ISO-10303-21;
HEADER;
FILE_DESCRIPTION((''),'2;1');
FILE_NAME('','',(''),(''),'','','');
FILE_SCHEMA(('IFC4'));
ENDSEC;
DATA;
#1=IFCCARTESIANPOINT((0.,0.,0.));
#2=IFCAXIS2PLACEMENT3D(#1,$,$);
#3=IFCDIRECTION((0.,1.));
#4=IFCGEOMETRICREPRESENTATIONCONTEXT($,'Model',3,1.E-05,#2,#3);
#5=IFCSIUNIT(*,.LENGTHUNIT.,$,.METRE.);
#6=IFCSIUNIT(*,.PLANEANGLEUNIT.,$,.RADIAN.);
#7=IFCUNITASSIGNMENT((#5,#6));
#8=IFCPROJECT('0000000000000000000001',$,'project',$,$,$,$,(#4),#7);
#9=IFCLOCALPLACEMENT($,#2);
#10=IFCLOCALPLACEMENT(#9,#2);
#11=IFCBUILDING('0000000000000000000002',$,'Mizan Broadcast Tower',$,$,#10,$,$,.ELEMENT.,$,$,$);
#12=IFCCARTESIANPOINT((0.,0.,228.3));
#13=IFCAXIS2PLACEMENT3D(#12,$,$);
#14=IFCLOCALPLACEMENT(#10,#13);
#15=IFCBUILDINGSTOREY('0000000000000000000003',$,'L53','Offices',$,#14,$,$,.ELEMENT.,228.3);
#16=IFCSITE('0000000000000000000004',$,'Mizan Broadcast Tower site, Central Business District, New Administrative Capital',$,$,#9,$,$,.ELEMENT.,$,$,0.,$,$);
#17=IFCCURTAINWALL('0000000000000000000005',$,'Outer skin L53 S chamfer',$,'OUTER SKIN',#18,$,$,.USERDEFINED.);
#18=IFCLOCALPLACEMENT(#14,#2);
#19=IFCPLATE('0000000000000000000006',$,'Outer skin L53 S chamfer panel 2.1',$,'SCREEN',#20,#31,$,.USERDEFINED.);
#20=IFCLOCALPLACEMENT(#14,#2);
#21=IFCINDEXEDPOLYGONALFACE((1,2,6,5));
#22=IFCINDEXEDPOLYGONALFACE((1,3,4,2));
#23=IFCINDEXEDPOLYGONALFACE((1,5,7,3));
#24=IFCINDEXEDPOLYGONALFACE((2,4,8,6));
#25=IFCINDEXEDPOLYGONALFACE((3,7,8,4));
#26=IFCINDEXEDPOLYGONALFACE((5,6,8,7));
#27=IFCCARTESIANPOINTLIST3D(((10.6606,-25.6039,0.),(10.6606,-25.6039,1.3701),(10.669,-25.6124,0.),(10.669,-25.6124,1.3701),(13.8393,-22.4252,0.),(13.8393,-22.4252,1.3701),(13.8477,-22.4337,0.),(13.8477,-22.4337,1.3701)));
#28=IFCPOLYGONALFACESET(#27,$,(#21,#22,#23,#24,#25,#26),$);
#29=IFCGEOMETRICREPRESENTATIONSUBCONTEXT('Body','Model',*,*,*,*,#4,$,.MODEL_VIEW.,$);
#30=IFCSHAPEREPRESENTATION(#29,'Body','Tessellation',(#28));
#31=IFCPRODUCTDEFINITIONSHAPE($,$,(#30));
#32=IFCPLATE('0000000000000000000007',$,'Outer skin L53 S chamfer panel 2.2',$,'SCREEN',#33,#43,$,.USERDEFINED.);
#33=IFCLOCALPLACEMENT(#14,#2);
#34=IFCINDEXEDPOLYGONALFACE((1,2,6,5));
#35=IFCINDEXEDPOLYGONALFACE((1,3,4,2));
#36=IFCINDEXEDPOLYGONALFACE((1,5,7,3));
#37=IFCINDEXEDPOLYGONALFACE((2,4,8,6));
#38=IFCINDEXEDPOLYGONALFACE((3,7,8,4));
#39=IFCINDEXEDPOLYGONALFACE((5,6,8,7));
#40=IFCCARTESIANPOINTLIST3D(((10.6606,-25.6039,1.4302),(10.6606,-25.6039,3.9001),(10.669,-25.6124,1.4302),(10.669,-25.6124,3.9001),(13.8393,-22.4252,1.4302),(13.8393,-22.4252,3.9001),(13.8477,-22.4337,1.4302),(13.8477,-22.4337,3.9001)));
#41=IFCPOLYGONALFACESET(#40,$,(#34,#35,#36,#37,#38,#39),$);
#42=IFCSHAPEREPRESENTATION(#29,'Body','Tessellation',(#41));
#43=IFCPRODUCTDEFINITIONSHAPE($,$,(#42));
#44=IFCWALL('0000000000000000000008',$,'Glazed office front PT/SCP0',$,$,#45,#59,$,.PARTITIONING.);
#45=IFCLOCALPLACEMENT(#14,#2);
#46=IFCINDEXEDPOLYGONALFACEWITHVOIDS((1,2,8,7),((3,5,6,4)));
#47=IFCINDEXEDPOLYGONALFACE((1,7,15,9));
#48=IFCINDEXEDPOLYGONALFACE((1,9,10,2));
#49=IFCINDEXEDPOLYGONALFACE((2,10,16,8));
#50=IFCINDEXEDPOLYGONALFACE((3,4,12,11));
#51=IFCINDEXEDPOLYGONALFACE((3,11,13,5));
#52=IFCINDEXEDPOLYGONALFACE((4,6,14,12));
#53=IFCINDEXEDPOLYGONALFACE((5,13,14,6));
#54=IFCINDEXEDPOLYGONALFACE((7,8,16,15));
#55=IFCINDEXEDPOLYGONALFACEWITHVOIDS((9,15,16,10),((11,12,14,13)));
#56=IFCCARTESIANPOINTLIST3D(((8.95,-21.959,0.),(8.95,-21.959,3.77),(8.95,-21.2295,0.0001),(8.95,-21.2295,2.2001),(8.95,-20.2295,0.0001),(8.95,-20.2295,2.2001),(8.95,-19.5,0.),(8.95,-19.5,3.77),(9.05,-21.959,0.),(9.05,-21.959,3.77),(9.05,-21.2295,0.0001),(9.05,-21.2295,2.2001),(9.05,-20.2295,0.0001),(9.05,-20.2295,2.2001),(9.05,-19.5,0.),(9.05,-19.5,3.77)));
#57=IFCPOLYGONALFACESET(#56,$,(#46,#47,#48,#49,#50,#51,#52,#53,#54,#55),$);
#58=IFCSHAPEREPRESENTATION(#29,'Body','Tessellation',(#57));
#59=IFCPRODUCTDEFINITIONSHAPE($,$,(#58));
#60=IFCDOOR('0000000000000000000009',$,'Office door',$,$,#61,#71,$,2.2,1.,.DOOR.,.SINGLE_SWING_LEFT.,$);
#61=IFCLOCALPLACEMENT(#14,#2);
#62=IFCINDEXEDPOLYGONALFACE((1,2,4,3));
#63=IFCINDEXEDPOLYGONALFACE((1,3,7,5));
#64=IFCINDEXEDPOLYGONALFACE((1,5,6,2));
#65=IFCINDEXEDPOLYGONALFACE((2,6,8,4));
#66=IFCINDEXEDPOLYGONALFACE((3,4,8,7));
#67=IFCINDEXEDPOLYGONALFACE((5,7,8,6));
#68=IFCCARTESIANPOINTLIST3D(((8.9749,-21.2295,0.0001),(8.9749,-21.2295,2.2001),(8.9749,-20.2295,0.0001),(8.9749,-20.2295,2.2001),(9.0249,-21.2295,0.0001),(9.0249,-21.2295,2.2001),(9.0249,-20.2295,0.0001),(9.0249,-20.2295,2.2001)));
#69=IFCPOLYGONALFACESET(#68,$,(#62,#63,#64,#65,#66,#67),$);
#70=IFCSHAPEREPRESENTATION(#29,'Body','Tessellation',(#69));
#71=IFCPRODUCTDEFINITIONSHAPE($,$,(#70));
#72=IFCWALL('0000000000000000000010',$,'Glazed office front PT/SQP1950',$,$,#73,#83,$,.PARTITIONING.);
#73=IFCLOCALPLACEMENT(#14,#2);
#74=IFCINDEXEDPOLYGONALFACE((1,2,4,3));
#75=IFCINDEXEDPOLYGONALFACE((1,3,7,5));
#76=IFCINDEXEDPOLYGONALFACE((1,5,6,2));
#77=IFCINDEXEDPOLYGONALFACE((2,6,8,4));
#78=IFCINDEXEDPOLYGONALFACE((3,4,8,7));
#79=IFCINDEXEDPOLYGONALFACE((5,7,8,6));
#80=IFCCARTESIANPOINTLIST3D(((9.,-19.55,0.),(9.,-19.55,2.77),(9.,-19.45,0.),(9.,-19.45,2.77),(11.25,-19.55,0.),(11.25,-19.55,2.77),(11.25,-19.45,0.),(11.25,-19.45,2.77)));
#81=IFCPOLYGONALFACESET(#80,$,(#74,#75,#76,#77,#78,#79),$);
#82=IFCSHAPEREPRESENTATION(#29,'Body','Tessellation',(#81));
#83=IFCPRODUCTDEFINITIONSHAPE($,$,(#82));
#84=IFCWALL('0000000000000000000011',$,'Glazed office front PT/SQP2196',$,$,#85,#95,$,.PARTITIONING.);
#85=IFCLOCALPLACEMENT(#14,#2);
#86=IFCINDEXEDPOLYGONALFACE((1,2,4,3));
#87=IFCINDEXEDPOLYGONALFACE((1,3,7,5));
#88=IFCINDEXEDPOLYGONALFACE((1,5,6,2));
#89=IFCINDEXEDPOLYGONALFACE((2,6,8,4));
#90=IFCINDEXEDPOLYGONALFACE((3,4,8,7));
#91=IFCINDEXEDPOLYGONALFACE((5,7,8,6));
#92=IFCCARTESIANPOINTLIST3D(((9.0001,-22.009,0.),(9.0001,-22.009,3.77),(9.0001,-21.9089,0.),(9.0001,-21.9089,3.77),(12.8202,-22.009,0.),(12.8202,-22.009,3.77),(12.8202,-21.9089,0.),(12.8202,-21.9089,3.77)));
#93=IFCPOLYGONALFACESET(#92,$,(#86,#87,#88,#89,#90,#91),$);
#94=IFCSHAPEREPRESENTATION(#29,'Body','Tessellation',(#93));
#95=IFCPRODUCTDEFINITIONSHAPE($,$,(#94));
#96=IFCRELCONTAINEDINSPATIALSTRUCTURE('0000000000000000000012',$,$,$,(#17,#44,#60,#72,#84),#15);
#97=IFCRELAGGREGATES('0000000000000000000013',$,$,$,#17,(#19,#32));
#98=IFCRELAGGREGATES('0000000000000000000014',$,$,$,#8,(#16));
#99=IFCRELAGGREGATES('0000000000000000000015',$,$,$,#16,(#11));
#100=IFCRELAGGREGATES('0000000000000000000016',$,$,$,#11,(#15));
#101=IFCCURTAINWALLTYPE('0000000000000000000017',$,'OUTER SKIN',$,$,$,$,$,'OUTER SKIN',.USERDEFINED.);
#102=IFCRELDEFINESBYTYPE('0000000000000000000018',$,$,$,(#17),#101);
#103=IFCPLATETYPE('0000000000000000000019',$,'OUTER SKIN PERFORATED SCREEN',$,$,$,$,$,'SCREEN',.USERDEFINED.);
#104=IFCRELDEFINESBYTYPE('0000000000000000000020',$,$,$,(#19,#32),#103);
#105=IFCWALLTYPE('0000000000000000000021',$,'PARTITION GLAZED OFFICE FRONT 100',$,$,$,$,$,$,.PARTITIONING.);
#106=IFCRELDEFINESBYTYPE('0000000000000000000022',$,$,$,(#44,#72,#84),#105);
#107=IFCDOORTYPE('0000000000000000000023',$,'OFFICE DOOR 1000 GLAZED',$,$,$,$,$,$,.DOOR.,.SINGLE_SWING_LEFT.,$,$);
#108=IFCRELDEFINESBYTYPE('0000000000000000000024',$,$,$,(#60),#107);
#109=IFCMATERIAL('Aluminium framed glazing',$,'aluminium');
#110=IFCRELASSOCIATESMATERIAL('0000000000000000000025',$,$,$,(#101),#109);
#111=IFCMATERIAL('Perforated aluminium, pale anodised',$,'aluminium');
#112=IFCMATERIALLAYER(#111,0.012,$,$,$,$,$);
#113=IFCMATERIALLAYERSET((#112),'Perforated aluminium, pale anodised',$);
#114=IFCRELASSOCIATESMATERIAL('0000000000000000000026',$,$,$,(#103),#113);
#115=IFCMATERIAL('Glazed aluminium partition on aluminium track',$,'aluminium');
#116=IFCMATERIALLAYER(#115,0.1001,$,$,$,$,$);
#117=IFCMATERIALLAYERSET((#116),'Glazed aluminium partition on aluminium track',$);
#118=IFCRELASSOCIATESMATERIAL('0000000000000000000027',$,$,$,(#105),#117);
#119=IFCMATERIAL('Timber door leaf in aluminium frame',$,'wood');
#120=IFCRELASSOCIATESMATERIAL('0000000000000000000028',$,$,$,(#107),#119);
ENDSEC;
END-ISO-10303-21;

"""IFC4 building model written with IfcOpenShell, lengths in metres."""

from ifc_helpers import new_model, si_unit, direction, frame, frame_2d, origin, origin_2d, place, context, subcontext, project, spatial, rectangle, extrude, material, layer, layer_set, type_object, element, fill, aggregate, save


model = new_model("IFC4")

# Units and contexts
model_context = context("Model", 3, precision=1e-05, world=origin(), true_north=direction((0.0, 1.0)))
body_context = subcontext(model_context, "Body", "Model", "MODEL_VIEW")
ifc_project = project(units=[si_unit("LENGTHUNIT", "METRE"), si_unit("PLANEANGLEUNIT", "RADIAN")], contexts=[model_context])

# Site, building, storey
site_placement = place(None, origin())
site = spatial("IfcSite", under=ifc_project, at=site_placement, Name="Mizan Broadcast Tower site, Central Business District, New Administrative Capital", CompositionType="ELEMENT", RefElevation=0.0)
building_placement = place(site_placement, origin())
building = spatial("IfcBuilding", under=site, at=building_placement, Name="Mizan Broadcast Tower", CompositionType="ELEMENT")
storey_placement = place(building_placement, frame((0.0, 0.0, 228.3)))
storey = spatial("IfcBuildingStorey", under=building, at=storey_placement, Name="L53", Description="Offices", CompositionType="ELEMENT", Elevation=228.3)

# Shared definitions
ifc_material_1 = material(Name="Aluminium framed glazing", Category="aluminium")
curtain_wall_type_1 = type_object("IfcCurtainWallType", Name="OUTER SKIN", ElementType="OUTER SKIN", PredefinedType="USERDEFINED", material=ifc_material_1)

# Curtain wall
curtain_wall_1_placement = place(storey_placement, origin())
curtain_wall_1 = element("IfcCurtainWall", 1, at=curtain_wall_1_placement, inside=storey, type_object=curtain_wall_type_1, Name="Outer skin L53 S chamfer", ObjectType="OUTER SKIN", PredefinedType="USERDEFINED")

# Plates
ifc_material_2 = material(Name="Perforated aluminium, pale anodised", Category="aluminium")
ifc_layer_1 = layer(ifc_material_2, 0.012)
ifc_layer_set_1 = layer_set([ifc_layer_1], Name="Perforated aluminium, pale anodised")
plate_type_1 = type_object("IfcPlateType", Name="OUTER SKIN PERFORATED SCREEN", ElementType="SCREEN", PredefinedType="USERDEFINED", material=ifc_layer_set_1)
plate_1_placement = place(storey_placement, frame((12.2542, -24.0188, 0.0), z_axis=(0.0, 0.0, 1.0), x_axis=(0.707107, 0.707107, 0.0)))
plate_1 = element("IfcPlate", 2, at=plate_1_placement, type_object=plate_type_1, Name="Outer skin L53 S chamfer panel 2.1", ObjectType="SCREEN", PredefinedType="USERDEFINED", context=body_context, shape_type="SweptSolid", body=[
    extrude(rectangle(XDim=4.4954, YDim=0.012, at=origin_2d()), origin(), (0.0, 0.0, 1.0), 1.3701),
])
plate_2_placement = place(storey_placement, frame((12.2542, -24.0188, 1.4302), z_axis=(0.0, 0.0, 1.0), x_axis=(0.707107, 0.707107, 0.0)))
plate_2 = element("IfcPlate", 3, at=plate_2_placement, type_object=plate_type_1, Name="Outer skin L53 S chamfer panel 2.2", ObjectType="SCREEN", PredefinedType="USERDEFINED", context=body_context, shape_type="SweptSolid", body=[
    extrude(rectangle(XDim=4.4954, YDim=0.012, at=origin_2d()), origin(), (0.0, 0.0, 1.0), 2.47),
])
aggregate(curtain_wall_1, [plate_1, plate_2])

# Wall, opening, door
ifc_material_3 = material(Name="Glazed aluminium partition on aluminium track", Category="aluminium")
ifc_layer_2 = layer(ifc_material_3, 0.1001)
ifc_layer_set_2 = layer_set([ifc_layer_2], Name="Glazed aluminium partition on aluminium track")
wall_type = type_object("IfcWallType", Name="PARTITION GLAZED OFFICE FRONT 100", PredefinedType="PARTITIONING", material=ifc_layer_set_2)
wall_1_placement = place(storey_placement, frame((9.0, -19.5, 0.0), z_axis=(0.0, 0.0, 1.0), x_axis=(0.0, -1.0, 0.0)))
wall_1 = element("IfcWall", 4, at=wall_1_placement, inside=storey, type_object=wall_type, Name="Glazed office front PT/SCP0", PredefinedType="PARTITIONING", context=body_context, shape_type="SweptSolid", body=[
    extrude(rectangle(XDim=2.459, YDim=0.1001, at=frame_2d((1.2295, 0.0))), origin(), (0.0, 0.0, 1.0), 3.77),
])
opening_placement = place(wall_1_placement, frame((0.7295, 0.0, 0.0)))
opening = element("IfcOpeningElement", 5, at=opening_placement, cuts=wall_1, PredefinedType="OPENING", context=body_context, shape_type="SweptSolid", body=[
    extrude(rectangle(XDim=1.0, YDim=2.2, at=frame_2d((0.5, 1.1001))), frame((0.0, 0.0601, 0.0), z_axis=(0.0, -1.0, 0.0), x_axis=(1.0, 0.0, 0.0)), (0.0, 0.0, 1.0), 0.1201),
])
ifc_material_4 = material(Name="Timber door leaf in aluminium frame", Category="wood")
door_type = type_object("IfcDoorType", Name="OFFICE DOOR 1000 GLAZED", OperationType="SINGLE_SWING_LEFT", PredefinedType="DOOR", material=ifc_material_4)
door_placement = place(opening_placement, origin())
door = element("IfcDoor", 6, at=door_placement, inside=storey, type_object=door_type, Name="Office door", OperationType="SINGLE_SWING_LEFT", OverallHeight=2.2, OverallWidth=1.0, PredefinedType="DOOR", context=body_context, shape_type="SweptSolid", body=[
    extrude(rectangle(XDim=1.0, YDim=2.2, at=frame_2d((0.5, 1.1001))), frame((0.0, 0.0249, 0.0), z_axis=(0.0, -1.0, 0.0), x_axis=(1.0, 0.0, 0.0)), (0.0, 0.0, 1.0), 0.05),
])
fill(opening, door)

# Walls
wall_2_placement = place(storey_placement, frame((9.0, -19.5, 0.0), z_axis=(0.0, 0.0, 1.0), x_axis=(1.0, 0.0, 0.0)))
element("IfcWall", 7, at=wall_2_placement, inside=storey, type_object=wall_type, Name="Glazed office front PT/SQP1950", PredefinedType="PARTITIONING", context=body_context, shape_type="SweptSolid", body=[
    extrude(rectangle(XDim=2.25, YDim=0.1001, at=frame_2d((1.125, 0.0))), origin(), (0.0, 0.0, 1.0), 2.77),
])
wall_3_placement = place(storey_placement, frame((9.0, -21.959, 0.0), z_axis=(0.0, 0.0, 1.0), x_axis=(1.0, 0.0, 0.0)))
element("IfcWall", 8, at=wall_3_placement, inside=storey, type_object=wall_type, Name="Glazed office front PT/SQP2196", PredefinedType="PARTITIONING", context=body_context, shape_type="SweptSolid", body=[
    extrude(rectangle(XDim=3.8201, YDim=0.1001, at=frame_2d((1.9102, 0.0))), origin(), (0.0, 0.0, 1.0), 3.77),
])

save(model, "model.ifc")
